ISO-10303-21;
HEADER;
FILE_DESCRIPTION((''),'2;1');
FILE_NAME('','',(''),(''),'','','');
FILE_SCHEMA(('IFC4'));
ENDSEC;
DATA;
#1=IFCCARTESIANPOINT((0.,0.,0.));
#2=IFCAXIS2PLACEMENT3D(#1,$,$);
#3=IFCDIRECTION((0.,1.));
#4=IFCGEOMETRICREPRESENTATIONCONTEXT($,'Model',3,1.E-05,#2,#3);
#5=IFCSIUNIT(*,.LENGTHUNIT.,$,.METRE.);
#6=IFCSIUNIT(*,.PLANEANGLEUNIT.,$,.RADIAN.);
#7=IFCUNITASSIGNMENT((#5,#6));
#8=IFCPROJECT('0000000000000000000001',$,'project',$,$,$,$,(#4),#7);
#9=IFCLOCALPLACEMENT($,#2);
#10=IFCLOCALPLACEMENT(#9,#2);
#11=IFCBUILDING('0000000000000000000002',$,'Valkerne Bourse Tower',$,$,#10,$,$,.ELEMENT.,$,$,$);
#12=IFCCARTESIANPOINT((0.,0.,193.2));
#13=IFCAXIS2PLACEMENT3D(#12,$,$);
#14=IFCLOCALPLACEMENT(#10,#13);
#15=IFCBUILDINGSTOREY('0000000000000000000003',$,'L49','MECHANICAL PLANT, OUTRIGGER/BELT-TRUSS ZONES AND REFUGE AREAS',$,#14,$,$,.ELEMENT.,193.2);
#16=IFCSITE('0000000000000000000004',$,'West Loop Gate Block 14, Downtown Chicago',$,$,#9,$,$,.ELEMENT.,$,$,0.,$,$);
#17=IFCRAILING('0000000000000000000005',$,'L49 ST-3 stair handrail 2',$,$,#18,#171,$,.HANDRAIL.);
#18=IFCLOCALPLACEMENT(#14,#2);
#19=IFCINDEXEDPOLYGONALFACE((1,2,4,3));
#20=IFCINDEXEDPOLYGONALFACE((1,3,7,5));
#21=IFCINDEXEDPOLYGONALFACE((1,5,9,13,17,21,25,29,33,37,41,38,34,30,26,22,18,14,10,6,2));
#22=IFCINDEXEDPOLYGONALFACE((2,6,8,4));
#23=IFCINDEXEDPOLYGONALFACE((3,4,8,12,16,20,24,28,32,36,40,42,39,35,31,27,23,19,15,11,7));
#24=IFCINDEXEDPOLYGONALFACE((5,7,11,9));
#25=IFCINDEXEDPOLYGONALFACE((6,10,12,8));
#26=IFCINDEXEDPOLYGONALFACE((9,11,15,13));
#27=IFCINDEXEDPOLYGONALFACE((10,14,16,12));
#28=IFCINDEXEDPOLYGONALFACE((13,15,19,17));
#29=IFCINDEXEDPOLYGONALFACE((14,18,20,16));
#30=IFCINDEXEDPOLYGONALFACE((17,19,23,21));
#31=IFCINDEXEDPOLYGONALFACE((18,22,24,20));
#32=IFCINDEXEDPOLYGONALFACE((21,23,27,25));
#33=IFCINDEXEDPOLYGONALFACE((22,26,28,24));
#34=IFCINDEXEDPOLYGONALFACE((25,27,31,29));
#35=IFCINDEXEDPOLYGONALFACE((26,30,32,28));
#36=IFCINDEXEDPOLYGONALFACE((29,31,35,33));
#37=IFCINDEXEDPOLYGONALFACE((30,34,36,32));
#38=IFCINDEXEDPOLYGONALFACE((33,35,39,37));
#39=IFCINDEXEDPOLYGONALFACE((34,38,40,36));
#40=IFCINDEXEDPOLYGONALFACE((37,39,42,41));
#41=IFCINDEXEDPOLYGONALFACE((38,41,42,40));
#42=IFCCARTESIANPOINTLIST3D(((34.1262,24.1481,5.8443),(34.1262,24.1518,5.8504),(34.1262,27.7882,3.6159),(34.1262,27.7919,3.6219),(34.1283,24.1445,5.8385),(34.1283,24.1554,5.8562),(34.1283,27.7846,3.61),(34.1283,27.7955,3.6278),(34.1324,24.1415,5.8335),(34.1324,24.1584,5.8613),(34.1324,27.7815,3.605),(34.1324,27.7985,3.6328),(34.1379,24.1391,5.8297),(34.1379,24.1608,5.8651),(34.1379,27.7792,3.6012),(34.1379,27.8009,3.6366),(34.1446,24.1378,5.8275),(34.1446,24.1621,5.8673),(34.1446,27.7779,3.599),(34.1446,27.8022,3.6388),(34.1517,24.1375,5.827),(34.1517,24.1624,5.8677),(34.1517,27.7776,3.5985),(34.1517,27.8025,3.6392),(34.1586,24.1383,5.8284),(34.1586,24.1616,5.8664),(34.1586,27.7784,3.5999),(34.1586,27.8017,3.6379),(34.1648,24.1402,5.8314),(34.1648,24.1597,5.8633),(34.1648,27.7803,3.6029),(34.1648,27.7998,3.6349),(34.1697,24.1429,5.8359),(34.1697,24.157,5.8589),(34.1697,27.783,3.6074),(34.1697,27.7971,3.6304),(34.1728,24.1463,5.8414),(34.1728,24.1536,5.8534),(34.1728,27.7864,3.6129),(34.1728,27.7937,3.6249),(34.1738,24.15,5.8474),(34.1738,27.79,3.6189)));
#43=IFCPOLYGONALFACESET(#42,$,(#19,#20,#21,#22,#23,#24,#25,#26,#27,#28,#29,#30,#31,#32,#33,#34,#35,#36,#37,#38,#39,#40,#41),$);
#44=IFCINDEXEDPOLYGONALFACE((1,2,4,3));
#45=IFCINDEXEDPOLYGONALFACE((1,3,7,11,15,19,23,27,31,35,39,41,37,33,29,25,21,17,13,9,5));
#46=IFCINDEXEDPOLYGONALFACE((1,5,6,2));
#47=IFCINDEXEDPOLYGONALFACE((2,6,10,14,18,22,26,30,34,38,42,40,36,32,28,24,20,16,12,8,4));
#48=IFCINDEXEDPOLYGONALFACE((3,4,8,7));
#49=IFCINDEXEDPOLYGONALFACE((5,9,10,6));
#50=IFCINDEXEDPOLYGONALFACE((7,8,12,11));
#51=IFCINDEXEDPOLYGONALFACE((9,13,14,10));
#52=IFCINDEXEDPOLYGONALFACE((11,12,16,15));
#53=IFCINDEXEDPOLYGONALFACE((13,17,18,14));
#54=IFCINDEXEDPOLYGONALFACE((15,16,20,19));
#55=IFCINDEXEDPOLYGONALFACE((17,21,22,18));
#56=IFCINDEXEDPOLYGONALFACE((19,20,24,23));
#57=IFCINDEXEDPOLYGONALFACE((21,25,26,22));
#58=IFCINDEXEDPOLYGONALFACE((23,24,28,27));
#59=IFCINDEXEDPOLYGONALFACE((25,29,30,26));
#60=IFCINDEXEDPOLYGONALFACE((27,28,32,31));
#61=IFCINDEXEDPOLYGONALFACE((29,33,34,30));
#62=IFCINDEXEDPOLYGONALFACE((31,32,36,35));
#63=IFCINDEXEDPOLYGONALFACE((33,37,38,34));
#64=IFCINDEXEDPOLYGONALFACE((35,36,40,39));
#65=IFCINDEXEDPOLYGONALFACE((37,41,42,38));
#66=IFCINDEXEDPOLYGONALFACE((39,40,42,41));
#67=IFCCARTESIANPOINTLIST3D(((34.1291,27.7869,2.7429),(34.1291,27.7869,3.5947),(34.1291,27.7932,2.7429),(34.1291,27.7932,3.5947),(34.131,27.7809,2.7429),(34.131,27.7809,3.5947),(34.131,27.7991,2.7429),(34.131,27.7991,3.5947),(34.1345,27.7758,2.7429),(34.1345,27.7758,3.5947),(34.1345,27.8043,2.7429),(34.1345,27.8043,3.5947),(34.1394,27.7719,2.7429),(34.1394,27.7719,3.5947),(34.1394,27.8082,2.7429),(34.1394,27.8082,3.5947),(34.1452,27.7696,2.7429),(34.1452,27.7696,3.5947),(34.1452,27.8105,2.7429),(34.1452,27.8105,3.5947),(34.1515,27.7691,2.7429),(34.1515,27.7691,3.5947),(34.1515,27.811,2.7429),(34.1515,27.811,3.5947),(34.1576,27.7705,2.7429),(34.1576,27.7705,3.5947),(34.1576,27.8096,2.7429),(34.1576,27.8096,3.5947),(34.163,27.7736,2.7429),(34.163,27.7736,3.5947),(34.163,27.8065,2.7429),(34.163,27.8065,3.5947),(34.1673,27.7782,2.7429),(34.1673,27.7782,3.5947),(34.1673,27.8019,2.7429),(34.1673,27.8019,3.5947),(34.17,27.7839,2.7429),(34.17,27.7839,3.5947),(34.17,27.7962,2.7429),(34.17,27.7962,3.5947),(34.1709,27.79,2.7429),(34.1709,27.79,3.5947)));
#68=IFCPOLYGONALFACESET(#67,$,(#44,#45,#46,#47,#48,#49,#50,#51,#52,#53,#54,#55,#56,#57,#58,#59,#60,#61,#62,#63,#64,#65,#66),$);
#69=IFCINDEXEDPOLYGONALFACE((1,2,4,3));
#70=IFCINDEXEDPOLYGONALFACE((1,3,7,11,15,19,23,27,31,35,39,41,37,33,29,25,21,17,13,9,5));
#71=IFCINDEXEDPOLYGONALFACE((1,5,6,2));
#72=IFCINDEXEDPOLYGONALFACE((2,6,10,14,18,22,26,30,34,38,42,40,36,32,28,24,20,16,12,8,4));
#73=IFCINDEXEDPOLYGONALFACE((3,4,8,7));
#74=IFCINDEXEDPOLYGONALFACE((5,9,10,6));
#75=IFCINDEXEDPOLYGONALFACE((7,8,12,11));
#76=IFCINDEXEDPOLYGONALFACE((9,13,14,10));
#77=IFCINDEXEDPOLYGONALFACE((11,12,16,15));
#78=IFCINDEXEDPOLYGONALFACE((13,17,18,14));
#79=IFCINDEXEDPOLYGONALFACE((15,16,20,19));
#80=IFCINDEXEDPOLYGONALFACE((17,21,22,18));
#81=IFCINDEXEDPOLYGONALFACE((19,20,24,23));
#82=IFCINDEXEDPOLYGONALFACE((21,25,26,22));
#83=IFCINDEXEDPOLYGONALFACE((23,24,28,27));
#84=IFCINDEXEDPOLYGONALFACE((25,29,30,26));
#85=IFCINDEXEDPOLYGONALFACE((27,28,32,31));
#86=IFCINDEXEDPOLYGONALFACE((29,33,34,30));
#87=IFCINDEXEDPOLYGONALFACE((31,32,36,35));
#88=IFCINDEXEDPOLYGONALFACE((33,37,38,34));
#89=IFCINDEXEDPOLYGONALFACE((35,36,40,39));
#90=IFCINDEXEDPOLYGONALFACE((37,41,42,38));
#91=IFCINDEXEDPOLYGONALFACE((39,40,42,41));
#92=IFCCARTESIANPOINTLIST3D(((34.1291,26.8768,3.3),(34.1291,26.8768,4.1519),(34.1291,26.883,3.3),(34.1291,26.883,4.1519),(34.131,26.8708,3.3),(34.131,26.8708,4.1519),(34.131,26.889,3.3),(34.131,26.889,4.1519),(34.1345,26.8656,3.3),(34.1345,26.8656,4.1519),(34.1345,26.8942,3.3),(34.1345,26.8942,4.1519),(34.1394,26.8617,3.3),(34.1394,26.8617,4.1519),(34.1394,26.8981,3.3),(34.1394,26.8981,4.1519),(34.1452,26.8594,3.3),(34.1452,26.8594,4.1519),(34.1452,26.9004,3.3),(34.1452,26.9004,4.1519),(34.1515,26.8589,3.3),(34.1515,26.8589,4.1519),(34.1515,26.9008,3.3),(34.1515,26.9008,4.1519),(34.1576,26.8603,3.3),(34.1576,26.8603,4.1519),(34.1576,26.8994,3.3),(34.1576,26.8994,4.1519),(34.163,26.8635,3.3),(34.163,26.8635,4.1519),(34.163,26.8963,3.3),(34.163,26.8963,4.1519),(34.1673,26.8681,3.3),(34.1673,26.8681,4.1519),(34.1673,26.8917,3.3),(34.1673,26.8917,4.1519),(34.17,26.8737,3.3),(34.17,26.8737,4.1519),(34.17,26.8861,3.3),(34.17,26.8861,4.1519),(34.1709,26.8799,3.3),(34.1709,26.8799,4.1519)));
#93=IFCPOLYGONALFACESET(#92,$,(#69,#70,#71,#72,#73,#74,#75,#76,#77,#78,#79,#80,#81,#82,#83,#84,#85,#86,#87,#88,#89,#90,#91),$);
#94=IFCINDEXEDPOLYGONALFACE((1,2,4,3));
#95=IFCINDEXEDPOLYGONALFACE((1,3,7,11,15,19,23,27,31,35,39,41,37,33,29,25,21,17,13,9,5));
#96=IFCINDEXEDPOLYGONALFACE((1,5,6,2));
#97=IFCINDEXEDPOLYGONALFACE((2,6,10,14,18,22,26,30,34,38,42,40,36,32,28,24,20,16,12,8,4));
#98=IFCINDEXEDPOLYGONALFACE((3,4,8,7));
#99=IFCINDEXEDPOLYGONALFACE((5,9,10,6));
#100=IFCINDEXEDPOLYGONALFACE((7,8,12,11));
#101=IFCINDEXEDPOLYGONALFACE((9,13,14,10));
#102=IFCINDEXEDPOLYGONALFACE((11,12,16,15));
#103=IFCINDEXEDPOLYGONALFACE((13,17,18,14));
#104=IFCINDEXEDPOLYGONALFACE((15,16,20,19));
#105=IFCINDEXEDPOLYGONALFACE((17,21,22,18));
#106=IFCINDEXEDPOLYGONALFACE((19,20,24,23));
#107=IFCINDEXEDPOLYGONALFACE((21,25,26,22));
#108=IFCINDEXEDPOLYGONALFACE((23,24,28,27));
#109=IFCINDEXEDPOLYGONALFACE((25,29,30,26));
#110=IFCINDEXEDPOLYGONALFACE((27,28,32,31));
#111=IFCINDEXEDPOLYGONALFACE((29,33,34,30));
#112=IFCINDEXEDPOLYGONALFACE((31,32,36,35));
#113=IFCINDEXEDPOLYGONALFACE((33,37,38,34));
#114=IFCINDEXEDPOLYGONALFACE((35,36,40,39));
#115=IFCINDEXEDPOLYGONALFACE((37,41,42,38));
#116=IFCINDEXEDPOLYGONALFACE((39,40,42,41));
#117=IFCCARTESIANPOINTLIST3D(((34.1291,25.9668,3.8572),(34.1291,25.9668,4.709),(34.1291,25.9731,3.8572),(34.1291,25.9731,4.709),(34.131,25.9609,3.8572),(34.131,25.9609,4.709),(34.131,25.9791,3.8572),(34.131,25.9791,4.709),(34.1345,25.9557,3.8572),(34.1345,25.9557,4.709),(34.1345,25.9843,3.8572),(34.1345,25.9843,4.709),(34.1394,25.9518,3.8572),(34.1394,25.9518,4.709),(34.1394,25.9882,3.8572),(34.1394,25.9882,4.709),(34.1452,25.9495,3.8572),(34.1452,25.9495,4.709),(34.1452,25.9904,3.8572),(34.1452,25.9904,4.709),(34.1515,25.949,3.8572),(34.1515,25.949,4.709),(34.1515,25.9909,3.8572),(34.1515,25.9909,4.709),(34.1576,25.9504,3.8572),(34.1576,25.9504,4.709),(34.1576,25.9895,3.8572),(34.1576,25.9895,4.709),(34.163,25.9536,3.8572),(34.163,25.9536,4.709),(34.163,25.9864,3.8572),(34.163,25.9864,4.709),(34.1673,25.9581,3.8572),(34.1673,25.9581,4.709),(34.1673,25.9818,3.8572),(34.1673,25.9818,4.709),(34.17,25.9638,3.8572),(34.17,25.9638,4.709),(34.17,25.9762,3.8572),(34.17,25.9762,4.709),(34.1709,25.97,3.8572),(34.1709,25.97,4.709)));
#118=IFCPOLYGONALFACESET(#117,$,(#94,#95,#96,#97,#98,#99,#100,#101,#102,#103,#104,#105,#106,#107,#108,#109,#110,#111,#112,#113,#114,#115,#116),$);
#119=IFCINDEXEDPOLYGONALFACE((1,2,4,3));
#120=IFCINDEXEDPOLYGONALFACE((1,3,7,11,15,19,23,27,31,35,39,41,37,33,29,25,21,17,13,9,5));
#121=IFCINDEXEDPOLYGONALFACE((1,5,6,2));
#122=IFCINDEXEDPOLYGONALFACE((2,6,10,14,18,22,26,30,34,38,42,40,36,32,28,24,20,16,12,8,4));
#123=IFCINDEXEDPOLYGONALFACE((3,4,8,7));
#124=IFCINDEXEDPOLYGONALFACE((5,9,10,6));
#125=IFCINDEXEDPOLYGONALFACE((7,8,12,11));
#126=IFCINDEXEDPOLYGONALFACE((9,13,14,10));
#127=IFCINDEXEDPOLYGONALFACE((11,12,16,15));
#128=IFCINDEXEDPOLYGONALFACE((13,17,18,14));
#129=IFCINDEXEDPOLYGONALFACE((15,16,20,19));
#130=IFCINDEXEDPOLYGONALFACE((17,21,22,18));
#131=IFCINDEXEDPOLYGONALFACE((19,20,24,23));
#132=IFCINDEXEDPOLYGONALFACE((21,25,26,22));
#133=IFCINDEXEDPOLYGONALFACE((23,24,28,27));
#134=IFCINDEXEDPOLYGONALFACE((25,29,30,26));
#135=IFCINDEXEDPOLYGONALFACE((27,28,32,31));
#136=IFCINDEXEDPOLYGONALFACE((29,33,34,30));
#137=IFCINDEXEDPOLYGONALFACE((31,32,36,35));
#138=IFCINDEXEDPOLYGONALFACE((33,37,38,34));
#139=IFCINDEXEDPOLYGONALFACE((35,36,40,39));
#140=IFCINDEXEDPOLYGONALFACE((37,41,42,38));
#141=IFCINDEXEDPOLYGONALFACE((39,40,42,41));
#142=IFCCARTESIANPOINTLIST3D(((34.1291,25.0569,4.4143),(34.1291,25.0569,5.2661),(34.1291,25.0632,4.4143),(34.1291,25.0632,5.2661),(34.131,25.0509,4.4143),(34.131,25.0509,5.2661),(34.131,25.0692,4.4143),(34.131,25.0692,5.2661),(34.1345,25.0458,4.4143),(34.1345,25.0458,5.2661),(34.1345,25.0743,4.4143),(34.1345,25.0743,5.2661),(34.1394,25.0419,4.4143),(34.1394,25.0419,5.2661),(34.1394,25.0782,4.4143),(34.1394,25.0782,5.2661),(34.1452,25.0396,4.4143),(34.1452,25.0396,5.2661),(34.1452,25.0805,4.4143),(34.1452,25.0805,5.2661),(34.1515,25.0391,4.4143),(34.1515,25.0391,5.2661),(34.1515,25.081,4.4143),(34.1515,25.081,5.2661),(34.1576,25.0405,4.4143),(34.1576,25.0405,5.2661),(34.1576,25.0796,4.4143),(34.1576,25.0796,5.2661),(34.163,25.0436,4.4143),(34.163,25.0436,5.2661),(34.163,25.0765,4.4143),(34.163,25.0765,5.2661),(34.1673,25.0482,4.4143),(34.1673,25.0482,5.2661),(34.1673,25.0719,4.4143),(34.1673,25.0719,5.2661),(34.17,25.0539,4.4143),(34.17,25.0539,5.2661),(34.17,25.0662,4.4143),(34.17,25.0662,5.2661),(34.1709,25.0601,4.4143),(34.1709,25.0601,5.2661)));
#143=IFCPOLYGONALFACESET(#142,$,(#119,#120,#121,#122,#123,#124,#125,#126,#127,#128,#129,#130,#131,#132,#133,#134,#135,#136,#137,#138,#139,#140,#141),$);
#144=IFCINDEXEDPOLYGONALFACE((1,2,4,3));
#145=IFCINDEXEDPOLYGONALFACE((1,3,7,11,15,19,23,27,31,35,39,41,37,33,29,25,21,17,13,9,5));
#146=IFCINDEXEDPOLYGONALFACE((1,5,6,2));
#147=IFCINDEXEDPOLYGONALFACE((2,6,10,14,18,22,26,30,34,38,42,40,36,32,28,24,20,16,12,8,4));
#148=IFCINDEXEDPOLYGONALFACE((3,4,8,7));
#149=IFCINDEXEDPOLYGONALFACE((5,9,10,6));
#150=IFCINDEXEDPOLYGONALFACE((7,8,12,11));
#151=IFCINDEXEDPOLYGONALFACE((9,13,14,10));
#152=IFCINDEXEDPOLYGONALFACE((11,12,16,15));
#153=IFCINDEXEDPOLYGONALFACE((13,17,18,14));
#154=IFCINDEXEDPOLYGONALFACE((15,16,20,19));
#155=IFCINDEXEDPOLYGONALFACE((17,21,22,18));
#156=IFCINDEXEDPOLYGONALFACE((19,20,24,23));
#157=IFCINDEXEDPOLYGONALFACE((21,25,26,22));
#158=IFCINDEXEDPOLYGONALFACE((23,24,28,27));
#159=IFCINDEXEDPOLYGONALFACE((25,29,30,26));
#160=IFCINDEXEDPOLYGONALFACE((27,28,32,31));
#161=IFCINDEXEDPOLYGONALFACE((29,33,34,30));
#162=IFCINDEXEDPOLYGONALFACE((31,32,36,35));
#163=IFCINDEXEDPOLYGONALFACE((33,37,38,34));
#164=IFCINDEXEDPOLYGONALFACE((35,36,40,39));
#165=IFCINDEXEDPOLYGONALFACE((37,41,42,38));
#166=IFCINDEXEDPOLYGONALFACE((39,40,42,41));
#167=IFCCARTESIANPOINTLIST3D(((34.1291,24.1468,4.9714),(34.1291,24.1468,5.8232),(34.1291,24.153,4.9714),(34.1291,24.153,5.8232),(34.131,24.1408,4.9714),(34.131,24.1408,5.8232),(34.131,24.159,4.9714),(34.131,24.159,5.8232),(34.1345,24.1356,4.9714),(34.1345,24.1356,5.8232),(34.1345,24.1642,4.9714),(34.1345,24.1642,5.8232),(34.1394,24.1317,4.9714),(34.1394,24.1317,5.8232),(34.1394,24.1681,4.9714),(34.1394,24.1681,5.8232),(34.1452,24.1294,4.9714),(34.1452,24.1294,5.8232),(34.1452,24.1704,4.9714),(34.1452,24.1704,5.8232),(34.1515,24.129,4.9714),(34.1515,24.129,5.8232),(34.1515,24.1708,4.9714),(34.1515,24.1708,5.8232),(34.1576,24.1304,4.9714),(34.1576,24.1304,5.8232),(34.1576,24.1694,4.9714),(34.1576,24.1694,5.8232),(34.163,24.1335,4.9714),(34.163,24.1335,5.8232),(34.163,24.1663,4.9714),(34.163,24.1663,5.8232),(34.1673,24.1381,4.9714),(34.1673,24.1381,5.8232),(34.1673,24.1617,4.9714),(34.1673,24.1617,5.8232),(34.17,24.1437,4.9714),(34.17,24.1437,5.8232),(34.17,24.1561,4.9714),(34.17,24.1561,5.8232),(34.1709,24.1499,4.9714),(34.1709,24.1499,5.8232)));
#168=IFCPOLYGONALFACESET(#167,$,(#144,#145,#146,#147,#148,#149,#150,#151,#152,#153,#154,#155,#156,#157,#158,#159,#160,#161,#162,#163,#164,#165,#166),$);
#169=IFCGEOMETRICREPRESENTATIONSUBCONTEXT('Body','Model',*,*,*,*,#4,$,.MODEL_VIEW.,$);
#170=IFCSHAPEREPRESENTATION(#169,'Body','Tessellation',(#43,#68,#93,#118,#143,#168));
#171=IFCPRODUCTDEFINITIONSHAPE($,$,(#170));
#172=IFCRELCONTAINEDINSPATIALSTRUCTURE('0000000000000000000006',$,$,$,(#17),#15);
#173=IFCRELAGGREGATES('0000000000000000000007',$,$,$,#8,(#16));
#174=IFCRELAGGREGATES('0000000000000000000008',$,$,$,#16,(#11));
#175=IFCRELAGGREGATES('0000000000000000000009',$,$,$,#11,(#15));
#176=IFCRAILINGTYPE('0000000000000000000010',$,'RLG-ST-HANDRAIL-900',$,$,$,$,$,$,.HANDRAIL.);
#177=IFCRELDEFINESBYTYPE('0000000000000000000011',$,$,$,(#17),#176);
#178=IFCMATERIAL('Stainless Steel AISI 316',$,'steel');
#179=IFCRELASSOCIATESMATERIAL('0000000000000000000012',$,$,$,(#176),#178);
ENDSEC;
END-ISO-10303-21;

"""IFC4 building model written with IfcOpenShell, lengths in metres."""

from ifc_helpers import new_model, si_unit, direction, frame, origin, origin_2d, place, context, subcontext, project, spatial, circle, extrude, material, type_object, element, save


model = new_model("IFC4")

# Units and contexts
model_context = context("Model", 3, precision=1e-05, world=origin(), true_north=direction((0.0, 1.0)))
body_context = subcontext(model_context, "Body", "Model", "MODEL_VIEW")
ifc_project = project(units=[si_unit("LENGTHUNIT", "METRE"), si_unit("PLANEANGLEUNIT", "RADIAN")], contexts=[model_context])

# Site, building, storey
site_placement = place(None, origin())
site = spatial("IfcSite", under=ifc_project, at=site_placement, Name="West Loop Gate Block 14, Downtown Chicago", CompositionType="ELEMENT", RefElevation=0.0)
building_placement = place(site_placement, origin())
building = spatial("IfcBuilding", under=site, at=building_placement, Name="Valkerne Bourse Tower", CompositionType="ELEMENT")
storey_placement = place(building_placement, frame((0.0, 0.0, 193.2)))
storey = spatial("IfcBuildingStorey", under=building, at=storey_placement, Name="L49", Description="MECHANICAL PLANT, OUTRIGGER/BELT-TRUSS ZONES AND REFUGE AREAS", CompositionType="ELEMENT", Elevation=193.2)

# Railing
ifc_material_1 = material(Name="Stainless Steel AISI 316", Category="steel")
railing_type_1 = type_object("IfcRailingType", Name="RLG-ST-HANDRAIL-900", PredefinedType="HANDRAIL", material=ifc_material_1)
railing_1_placement = place(storey_placement, frame((34.1499, 27.79, 2.7429)))
element("IfcRailing", 1, at=railing_1_placement, inside=storey, type_object=railing_type_1, Name="L49 ST-3 stair handrail 2", PredefinedType="HANDRAIL", context=body_context, shape_type="SweptSolid", body=[
    extrude(circle(Radius=0.0239, at=origin_2d()), frame((0.0, 0.0, 0.876), z_axis=(0.0, -0.852866, 0.52213), x_axis=(1.0, 0.0, 0.0)), (0.0, 0.0, 1.0), 4.2681),
    extrude(circle(Radius=0.021, at=origin_2d()), origin(), (0.0, 0.0, 1.0), 0.8518),
    extrude(circle(Radius=0.021, at=origin_2d()), frame((0.0, -0.9102, 0.5571)), (0.0, 0.0, 1.0), 0.8518),
    extrude(circle(Radius=0.021, at=origin_2d()), frame((0.0, -1.8201, 1.1143)), (0.0, 0.0, 1.0), 0.8518),
    extrude(circle(Radius=0.021, at=origin_2d()), frame((0.0, -2.73, 1.6714)), (0.0, 0.0, 1.0), 0.8518),
    extrude(circle(Radius=0.021, at=origin_2d()), frame((0.0, -3.6401, 2.2285)), (0.0, 0.0, 1.0), 0.8518),
])

save(model, "model.ifc")
